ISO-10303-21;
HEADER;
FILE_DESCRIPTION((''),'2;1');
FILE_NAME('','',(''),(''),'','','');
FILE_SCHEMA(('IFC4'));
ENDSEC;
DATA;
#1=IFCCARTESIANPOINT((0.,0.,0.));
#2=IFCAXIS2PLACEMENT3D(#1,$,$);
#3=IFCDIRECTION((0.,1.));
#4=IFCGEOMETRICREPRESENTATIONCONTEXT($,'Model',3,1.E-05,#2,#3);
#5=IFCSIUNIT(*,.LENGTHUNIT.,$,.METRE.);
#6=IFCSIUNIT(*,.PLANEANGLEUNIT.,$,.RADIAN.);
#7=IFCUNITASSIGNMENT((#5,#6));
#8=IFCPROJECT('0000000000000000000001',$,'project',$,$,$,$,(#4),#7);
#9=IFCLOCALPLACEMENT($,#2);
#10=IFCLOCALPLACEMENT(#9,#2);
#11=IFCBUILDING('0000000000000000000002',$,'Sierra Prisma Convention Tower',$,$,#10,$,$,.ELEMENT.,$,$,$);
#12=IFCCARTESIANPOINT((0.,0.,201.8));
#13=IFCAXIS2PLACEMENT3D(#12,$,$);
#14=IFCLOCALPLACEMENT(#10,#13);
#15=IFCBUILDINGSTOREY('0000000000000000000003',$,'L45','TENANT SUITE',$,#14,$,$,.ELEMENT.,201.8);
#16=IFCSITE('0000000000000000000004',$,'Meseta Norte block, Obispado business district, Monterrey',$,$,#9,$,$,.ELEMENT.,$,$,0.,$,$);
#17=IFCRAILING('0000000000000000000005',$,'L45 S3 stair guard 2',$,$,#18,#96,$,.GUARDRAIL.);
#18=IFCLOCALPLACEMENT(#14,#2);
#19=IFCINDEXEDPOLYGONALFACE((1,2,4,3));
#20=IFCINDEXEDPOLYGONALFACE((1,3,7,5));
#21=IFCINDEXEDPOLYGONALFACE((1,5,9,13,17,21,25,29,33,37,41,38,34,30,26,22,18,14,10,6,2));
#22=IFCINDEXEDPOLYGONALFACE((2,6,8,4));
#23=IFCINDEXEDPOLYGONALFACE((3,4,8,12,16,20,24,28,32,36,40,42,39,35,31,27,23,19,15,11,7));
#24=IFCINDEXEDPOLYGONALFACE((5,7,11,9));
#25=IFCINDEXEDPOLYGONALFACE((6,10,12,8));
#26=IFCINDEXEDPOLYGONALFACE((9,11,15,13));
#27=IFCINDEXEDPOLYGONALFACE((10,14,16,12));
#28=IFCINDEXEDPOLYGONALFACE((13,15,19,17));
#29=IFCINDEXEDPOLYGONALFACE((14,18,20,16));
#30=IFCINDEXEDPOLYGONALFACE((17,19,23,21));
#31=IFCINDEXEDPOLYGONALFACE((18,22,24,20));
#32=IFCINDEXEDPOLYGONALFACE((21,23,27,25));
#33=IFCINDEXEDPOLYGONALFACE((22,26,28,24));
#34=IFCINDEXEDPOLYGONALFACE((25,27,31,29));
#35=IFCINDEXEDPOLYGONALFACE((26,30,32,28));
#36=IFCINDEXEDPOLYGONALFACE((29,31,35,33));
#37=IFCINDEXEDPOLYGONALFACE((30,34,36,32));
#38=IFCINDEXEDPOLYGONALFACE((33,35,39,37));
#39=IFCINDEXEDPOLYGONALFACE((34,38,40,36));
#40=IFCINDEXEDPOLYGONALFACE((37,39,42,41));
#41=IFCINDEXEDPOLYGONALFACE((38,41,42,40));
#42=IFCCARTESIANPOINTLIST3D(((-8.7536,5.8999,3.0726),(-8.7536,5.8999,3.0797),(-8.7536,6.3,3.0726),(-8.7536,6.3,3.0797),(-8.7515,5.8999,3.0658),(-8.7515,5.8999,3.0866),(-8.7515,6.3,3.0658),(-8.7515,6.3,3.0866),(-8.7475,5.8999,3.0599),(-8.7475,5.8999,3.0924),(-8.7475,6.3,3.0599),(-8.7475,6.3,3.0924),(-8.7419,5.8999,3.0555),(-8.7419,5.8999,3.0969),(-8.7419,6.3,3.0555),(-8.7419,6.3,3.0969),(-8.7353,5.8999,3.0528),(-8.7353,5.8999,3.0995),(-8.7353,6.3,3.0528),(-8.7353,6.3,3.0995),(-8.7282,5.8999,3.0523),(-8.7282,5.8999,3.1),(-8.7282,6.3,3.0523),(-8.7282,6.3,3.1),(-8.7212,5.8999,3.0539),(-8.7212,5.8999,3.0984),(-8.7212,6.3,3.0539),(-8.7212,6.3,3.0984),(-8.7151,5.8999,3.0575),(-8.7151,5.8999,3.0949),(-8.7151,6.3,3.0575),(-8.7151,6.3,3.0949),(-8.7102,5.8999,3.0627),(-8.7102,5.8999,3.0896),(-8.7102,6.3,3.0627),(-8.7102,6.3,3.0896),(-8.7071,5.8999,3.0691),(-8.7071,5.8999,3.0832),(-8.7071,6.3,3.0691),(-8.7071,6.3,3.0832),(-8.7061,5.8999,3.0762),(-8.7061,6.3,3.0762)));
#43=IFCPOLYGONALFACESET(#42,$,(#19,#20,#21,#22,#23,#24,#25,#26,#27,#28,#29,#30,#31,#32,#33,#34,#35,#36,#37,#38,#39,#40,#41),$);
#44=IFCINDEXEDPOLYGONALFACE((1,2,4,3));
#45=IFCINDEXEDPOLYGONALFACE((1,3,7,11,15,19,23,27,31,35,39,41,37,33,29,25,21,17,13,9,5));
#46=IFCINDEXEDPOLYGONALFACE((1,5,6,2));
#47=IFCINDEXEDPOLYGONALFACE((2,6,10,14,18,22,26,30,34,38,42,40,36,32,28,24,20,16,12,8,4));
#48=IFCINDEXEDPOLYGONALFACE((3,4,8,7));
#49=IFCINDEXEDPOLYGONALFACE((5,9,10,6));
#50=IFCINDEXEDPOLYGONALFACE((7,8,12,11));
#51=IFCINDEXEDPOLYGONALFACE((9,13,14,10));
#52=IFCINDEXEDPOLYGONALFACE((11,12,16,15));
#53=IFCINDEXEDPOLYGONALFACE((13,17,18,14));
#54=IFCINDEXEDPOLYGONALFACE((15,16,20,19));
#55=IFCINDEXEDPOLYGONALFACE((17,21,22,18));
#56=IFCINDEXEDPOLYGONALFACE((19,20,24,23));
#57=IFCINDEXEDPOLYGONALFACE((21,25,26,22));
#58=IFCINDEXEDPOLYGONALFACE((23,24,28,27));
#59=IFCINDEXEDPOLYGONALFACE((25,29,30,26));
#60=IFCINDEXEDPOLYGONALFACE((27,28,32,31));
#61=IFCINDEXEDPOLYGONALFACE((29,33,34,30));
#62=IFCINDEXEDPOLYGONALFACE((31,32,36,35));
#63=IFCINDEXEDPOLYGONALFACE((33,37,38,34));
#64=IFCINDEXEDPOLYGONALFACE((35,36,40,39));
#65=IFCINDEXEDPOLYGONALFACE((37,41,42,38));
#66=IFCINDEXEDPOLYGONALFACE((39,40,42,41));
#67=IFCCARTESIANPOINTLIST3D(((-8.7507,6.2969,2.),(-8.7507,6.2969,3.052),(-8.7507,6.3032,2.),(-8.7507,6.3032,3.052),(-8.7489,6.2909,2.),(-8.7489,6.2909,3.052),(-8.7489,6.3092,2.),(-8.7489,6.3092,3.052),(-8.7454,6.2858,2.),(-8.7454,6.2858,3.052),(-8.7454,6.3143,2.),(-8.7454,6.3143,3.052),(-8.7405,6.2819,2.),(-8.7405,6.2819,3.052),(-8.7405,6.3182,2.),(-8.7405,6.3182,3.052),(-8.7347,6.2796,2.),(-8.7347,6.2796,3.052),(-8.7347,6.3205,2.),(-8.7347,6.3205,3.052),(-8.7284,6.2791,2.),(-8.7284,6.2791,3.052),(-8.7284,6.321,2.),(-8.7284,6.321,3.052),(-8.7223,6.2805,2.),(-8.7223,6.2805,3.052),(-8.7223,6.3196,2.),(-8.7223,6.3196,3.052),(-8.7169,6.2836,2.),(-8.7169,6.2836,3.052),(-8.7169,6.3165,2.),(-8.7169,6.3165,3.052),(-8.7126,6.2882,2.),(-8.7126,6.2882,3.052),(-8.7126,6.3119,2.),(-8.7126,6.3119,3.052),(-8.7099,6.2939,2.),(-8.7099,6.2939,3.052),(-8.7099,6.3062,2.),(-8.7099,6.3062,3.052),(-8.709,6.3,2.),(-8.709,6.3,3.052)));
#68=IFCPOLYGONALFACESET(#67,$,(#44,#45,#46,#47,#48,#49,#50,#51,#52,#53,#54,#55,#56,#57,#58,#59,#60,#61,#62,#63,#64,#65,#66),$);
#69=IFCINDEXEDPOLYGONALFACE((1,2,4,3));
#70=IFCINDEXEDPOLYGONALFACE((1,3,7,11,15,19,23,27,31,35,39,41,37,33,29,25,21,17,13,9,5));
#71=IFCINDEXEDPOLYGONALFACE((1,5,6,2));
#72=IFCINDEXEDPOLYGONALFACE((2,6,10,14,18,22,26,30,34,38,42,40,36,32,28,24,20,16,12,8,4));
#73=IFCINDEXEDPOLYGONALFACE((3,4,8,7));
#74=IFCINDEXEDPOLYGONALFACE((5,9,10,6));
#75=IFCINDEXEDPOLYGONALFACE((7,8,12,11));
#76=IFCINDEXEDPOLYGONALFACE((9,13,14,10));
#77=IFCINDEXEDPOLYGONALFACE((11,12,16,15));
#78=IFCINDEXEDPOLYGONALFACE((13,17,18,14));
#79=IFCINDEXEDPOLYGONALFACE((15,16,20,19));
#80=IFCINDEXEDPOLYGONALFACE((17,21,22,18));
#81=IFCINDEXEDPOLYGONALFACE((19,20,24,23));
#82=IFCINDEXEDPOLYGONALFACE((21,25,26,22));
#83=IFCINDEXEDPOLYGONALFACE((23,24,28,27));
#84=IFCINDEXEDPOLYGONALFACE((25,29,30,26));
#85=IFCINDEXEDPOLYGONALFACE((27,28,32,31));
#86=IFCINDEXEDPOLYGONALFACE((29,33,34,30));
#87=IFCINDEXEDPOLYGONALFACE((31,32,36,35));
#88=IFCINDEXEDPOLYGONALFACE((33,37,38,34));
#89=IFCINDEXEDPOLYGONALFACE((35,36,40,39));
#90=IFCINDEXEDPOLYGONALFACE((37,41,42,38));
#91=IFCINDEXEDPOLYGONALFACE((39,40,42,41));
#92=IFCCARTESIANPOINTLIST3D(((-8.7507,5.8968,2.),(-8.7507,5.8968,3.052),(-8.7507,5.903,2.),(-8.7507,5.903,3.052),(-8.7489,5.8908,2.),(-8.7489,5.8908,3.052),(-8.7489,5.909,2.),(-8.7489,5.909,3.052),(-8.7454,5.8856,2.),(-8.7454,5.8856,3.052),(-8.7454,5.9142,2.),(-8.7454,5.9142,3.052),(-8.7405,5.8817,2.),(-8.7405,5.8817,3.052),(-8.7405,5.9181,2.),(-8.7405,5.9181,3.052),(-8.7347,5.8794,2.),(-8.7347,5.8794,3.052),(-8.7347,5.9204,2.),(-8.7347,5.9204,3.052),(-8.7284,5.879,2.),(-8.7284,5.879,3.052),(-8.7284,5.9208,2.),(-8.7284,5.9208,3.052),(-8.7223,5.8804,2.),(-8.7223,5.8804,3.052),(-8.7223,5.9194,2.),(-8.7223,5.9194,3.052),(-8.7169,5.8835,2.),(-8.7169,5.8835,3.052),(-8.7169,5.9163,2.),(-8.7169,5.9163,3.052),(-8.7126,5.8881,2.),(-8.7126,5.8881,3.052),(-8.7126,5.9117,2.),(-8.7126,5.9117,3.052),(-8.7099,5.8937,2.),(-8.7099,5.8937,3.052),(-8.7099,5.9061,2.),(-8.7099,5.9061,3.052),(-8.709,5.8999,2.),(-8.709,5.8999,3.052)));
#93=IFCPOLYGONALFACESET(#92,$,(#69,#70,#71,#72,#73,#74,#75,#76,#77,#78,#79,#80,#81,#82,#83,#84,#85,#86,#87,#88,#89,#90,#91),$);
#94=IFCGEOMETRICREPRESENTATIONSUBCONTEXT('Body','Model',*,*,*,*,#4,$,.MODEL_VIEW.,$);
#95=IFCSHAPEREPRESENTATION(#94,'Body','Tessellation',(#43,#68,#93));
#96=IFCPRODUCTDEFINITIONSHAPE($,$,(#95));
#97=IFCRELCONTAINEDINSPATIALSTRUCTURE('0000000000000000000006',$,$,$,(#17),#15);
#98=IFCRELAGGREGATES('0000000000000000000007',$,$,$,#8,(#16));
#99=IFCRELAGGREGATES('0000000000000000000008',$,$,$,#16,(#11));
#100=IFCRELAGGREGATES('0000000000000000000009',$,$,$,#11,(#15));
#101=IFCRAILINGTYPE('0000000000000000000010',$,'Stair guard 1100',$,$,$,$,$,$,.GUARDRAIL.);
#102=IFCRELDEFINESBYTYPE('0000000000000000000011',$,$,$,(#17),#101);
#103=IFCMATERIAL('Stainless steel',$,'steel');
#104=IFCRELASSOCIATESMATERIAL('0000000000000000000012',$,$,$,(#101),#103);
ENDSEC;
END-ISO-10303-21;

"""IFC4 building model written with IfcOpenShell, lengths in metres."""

from ifc_helpers import new_model, si_unit, direction, frame, origin, origin_2d, place, context, subcontext, project, spatial, circle, extrude, material, type_object, element, save


model = new_model("IFC4")

# Units and contexts
model_context = context("Model", 3, precision=1e-05, world=origin(), true_north=direction((0.0, 1.0)))
body_context = subcontext(model_context, "Body", "Model", "MODEL_VIEW")
ifc_project = project(units=[si_unit("LENGTHUNIT", "METRE"), si_unit("PLANEANGLEUNIT", "RADIAN")], contexts=[model_context])

# Site, building, storey
site_placement = place(None, origin())
site = spatial("IfcSite", under=ifc_project, at=site_placement, Name="Meseta Norte block, Obispado business district, Monterrey", CompositionType="ELEMENT", RefElevation=0.0)
building_placement = place(site_placement, origin())
building = spatial("IfcBuilding", under=site, at=building_placement, Name="Sierra Prisma Convention Tower", CompositionType="ELEMENT")
storey_placement = place(building_placement, frame((0.0, 0.0, 201.8)))
storey = spatial("IfcBuildingStorey", under=building, at=storey_placement, Name="L45", Description="TENANT SUITE", CompositionType="ELEMENT", Elevation=201.8)

# Railing
ifc_material_1 = material(Name="Stainless steel", Category="steel")
railing_type_1 = type_object("IfcRailingType", Name="Stair guard 1100", PredefinedType="GUARDRAIL", material=ifc_material_1)
railing_1_placement = place(storey_placement, frame((-8.73, 6.3, 2.0)))
element("IfcRailing", 1, at=railing_1_placement, inside=storey, type_object=railing_type_1, Name="L45 S3 stair guard 2", PredefinedType="GUARDRAIL", context=body_context, shape_type="SweptSolid", body=[
    extrude(circle(Radius=0.0239, at=origin_2d()), frame((0.0, 0.0, 1.0762), z_axis=(0.0, -1.0, 0.0), x_axis=(1.0, 0.0, 0.0)), (0.0, 0.0, 1.0), 0.4001),
    extrude(circle(Radius=0.021, at=origin_2d()), origin(), (0.0, 0.0, 1.0), 1.052),
    extrude(circle(Radius=0.021, at=origin_2d()), frame((0.0, -0.4001, 0.0)), (0.0, 0.0, 1.0), 1.052),
])

save(model, "model.ifc")
